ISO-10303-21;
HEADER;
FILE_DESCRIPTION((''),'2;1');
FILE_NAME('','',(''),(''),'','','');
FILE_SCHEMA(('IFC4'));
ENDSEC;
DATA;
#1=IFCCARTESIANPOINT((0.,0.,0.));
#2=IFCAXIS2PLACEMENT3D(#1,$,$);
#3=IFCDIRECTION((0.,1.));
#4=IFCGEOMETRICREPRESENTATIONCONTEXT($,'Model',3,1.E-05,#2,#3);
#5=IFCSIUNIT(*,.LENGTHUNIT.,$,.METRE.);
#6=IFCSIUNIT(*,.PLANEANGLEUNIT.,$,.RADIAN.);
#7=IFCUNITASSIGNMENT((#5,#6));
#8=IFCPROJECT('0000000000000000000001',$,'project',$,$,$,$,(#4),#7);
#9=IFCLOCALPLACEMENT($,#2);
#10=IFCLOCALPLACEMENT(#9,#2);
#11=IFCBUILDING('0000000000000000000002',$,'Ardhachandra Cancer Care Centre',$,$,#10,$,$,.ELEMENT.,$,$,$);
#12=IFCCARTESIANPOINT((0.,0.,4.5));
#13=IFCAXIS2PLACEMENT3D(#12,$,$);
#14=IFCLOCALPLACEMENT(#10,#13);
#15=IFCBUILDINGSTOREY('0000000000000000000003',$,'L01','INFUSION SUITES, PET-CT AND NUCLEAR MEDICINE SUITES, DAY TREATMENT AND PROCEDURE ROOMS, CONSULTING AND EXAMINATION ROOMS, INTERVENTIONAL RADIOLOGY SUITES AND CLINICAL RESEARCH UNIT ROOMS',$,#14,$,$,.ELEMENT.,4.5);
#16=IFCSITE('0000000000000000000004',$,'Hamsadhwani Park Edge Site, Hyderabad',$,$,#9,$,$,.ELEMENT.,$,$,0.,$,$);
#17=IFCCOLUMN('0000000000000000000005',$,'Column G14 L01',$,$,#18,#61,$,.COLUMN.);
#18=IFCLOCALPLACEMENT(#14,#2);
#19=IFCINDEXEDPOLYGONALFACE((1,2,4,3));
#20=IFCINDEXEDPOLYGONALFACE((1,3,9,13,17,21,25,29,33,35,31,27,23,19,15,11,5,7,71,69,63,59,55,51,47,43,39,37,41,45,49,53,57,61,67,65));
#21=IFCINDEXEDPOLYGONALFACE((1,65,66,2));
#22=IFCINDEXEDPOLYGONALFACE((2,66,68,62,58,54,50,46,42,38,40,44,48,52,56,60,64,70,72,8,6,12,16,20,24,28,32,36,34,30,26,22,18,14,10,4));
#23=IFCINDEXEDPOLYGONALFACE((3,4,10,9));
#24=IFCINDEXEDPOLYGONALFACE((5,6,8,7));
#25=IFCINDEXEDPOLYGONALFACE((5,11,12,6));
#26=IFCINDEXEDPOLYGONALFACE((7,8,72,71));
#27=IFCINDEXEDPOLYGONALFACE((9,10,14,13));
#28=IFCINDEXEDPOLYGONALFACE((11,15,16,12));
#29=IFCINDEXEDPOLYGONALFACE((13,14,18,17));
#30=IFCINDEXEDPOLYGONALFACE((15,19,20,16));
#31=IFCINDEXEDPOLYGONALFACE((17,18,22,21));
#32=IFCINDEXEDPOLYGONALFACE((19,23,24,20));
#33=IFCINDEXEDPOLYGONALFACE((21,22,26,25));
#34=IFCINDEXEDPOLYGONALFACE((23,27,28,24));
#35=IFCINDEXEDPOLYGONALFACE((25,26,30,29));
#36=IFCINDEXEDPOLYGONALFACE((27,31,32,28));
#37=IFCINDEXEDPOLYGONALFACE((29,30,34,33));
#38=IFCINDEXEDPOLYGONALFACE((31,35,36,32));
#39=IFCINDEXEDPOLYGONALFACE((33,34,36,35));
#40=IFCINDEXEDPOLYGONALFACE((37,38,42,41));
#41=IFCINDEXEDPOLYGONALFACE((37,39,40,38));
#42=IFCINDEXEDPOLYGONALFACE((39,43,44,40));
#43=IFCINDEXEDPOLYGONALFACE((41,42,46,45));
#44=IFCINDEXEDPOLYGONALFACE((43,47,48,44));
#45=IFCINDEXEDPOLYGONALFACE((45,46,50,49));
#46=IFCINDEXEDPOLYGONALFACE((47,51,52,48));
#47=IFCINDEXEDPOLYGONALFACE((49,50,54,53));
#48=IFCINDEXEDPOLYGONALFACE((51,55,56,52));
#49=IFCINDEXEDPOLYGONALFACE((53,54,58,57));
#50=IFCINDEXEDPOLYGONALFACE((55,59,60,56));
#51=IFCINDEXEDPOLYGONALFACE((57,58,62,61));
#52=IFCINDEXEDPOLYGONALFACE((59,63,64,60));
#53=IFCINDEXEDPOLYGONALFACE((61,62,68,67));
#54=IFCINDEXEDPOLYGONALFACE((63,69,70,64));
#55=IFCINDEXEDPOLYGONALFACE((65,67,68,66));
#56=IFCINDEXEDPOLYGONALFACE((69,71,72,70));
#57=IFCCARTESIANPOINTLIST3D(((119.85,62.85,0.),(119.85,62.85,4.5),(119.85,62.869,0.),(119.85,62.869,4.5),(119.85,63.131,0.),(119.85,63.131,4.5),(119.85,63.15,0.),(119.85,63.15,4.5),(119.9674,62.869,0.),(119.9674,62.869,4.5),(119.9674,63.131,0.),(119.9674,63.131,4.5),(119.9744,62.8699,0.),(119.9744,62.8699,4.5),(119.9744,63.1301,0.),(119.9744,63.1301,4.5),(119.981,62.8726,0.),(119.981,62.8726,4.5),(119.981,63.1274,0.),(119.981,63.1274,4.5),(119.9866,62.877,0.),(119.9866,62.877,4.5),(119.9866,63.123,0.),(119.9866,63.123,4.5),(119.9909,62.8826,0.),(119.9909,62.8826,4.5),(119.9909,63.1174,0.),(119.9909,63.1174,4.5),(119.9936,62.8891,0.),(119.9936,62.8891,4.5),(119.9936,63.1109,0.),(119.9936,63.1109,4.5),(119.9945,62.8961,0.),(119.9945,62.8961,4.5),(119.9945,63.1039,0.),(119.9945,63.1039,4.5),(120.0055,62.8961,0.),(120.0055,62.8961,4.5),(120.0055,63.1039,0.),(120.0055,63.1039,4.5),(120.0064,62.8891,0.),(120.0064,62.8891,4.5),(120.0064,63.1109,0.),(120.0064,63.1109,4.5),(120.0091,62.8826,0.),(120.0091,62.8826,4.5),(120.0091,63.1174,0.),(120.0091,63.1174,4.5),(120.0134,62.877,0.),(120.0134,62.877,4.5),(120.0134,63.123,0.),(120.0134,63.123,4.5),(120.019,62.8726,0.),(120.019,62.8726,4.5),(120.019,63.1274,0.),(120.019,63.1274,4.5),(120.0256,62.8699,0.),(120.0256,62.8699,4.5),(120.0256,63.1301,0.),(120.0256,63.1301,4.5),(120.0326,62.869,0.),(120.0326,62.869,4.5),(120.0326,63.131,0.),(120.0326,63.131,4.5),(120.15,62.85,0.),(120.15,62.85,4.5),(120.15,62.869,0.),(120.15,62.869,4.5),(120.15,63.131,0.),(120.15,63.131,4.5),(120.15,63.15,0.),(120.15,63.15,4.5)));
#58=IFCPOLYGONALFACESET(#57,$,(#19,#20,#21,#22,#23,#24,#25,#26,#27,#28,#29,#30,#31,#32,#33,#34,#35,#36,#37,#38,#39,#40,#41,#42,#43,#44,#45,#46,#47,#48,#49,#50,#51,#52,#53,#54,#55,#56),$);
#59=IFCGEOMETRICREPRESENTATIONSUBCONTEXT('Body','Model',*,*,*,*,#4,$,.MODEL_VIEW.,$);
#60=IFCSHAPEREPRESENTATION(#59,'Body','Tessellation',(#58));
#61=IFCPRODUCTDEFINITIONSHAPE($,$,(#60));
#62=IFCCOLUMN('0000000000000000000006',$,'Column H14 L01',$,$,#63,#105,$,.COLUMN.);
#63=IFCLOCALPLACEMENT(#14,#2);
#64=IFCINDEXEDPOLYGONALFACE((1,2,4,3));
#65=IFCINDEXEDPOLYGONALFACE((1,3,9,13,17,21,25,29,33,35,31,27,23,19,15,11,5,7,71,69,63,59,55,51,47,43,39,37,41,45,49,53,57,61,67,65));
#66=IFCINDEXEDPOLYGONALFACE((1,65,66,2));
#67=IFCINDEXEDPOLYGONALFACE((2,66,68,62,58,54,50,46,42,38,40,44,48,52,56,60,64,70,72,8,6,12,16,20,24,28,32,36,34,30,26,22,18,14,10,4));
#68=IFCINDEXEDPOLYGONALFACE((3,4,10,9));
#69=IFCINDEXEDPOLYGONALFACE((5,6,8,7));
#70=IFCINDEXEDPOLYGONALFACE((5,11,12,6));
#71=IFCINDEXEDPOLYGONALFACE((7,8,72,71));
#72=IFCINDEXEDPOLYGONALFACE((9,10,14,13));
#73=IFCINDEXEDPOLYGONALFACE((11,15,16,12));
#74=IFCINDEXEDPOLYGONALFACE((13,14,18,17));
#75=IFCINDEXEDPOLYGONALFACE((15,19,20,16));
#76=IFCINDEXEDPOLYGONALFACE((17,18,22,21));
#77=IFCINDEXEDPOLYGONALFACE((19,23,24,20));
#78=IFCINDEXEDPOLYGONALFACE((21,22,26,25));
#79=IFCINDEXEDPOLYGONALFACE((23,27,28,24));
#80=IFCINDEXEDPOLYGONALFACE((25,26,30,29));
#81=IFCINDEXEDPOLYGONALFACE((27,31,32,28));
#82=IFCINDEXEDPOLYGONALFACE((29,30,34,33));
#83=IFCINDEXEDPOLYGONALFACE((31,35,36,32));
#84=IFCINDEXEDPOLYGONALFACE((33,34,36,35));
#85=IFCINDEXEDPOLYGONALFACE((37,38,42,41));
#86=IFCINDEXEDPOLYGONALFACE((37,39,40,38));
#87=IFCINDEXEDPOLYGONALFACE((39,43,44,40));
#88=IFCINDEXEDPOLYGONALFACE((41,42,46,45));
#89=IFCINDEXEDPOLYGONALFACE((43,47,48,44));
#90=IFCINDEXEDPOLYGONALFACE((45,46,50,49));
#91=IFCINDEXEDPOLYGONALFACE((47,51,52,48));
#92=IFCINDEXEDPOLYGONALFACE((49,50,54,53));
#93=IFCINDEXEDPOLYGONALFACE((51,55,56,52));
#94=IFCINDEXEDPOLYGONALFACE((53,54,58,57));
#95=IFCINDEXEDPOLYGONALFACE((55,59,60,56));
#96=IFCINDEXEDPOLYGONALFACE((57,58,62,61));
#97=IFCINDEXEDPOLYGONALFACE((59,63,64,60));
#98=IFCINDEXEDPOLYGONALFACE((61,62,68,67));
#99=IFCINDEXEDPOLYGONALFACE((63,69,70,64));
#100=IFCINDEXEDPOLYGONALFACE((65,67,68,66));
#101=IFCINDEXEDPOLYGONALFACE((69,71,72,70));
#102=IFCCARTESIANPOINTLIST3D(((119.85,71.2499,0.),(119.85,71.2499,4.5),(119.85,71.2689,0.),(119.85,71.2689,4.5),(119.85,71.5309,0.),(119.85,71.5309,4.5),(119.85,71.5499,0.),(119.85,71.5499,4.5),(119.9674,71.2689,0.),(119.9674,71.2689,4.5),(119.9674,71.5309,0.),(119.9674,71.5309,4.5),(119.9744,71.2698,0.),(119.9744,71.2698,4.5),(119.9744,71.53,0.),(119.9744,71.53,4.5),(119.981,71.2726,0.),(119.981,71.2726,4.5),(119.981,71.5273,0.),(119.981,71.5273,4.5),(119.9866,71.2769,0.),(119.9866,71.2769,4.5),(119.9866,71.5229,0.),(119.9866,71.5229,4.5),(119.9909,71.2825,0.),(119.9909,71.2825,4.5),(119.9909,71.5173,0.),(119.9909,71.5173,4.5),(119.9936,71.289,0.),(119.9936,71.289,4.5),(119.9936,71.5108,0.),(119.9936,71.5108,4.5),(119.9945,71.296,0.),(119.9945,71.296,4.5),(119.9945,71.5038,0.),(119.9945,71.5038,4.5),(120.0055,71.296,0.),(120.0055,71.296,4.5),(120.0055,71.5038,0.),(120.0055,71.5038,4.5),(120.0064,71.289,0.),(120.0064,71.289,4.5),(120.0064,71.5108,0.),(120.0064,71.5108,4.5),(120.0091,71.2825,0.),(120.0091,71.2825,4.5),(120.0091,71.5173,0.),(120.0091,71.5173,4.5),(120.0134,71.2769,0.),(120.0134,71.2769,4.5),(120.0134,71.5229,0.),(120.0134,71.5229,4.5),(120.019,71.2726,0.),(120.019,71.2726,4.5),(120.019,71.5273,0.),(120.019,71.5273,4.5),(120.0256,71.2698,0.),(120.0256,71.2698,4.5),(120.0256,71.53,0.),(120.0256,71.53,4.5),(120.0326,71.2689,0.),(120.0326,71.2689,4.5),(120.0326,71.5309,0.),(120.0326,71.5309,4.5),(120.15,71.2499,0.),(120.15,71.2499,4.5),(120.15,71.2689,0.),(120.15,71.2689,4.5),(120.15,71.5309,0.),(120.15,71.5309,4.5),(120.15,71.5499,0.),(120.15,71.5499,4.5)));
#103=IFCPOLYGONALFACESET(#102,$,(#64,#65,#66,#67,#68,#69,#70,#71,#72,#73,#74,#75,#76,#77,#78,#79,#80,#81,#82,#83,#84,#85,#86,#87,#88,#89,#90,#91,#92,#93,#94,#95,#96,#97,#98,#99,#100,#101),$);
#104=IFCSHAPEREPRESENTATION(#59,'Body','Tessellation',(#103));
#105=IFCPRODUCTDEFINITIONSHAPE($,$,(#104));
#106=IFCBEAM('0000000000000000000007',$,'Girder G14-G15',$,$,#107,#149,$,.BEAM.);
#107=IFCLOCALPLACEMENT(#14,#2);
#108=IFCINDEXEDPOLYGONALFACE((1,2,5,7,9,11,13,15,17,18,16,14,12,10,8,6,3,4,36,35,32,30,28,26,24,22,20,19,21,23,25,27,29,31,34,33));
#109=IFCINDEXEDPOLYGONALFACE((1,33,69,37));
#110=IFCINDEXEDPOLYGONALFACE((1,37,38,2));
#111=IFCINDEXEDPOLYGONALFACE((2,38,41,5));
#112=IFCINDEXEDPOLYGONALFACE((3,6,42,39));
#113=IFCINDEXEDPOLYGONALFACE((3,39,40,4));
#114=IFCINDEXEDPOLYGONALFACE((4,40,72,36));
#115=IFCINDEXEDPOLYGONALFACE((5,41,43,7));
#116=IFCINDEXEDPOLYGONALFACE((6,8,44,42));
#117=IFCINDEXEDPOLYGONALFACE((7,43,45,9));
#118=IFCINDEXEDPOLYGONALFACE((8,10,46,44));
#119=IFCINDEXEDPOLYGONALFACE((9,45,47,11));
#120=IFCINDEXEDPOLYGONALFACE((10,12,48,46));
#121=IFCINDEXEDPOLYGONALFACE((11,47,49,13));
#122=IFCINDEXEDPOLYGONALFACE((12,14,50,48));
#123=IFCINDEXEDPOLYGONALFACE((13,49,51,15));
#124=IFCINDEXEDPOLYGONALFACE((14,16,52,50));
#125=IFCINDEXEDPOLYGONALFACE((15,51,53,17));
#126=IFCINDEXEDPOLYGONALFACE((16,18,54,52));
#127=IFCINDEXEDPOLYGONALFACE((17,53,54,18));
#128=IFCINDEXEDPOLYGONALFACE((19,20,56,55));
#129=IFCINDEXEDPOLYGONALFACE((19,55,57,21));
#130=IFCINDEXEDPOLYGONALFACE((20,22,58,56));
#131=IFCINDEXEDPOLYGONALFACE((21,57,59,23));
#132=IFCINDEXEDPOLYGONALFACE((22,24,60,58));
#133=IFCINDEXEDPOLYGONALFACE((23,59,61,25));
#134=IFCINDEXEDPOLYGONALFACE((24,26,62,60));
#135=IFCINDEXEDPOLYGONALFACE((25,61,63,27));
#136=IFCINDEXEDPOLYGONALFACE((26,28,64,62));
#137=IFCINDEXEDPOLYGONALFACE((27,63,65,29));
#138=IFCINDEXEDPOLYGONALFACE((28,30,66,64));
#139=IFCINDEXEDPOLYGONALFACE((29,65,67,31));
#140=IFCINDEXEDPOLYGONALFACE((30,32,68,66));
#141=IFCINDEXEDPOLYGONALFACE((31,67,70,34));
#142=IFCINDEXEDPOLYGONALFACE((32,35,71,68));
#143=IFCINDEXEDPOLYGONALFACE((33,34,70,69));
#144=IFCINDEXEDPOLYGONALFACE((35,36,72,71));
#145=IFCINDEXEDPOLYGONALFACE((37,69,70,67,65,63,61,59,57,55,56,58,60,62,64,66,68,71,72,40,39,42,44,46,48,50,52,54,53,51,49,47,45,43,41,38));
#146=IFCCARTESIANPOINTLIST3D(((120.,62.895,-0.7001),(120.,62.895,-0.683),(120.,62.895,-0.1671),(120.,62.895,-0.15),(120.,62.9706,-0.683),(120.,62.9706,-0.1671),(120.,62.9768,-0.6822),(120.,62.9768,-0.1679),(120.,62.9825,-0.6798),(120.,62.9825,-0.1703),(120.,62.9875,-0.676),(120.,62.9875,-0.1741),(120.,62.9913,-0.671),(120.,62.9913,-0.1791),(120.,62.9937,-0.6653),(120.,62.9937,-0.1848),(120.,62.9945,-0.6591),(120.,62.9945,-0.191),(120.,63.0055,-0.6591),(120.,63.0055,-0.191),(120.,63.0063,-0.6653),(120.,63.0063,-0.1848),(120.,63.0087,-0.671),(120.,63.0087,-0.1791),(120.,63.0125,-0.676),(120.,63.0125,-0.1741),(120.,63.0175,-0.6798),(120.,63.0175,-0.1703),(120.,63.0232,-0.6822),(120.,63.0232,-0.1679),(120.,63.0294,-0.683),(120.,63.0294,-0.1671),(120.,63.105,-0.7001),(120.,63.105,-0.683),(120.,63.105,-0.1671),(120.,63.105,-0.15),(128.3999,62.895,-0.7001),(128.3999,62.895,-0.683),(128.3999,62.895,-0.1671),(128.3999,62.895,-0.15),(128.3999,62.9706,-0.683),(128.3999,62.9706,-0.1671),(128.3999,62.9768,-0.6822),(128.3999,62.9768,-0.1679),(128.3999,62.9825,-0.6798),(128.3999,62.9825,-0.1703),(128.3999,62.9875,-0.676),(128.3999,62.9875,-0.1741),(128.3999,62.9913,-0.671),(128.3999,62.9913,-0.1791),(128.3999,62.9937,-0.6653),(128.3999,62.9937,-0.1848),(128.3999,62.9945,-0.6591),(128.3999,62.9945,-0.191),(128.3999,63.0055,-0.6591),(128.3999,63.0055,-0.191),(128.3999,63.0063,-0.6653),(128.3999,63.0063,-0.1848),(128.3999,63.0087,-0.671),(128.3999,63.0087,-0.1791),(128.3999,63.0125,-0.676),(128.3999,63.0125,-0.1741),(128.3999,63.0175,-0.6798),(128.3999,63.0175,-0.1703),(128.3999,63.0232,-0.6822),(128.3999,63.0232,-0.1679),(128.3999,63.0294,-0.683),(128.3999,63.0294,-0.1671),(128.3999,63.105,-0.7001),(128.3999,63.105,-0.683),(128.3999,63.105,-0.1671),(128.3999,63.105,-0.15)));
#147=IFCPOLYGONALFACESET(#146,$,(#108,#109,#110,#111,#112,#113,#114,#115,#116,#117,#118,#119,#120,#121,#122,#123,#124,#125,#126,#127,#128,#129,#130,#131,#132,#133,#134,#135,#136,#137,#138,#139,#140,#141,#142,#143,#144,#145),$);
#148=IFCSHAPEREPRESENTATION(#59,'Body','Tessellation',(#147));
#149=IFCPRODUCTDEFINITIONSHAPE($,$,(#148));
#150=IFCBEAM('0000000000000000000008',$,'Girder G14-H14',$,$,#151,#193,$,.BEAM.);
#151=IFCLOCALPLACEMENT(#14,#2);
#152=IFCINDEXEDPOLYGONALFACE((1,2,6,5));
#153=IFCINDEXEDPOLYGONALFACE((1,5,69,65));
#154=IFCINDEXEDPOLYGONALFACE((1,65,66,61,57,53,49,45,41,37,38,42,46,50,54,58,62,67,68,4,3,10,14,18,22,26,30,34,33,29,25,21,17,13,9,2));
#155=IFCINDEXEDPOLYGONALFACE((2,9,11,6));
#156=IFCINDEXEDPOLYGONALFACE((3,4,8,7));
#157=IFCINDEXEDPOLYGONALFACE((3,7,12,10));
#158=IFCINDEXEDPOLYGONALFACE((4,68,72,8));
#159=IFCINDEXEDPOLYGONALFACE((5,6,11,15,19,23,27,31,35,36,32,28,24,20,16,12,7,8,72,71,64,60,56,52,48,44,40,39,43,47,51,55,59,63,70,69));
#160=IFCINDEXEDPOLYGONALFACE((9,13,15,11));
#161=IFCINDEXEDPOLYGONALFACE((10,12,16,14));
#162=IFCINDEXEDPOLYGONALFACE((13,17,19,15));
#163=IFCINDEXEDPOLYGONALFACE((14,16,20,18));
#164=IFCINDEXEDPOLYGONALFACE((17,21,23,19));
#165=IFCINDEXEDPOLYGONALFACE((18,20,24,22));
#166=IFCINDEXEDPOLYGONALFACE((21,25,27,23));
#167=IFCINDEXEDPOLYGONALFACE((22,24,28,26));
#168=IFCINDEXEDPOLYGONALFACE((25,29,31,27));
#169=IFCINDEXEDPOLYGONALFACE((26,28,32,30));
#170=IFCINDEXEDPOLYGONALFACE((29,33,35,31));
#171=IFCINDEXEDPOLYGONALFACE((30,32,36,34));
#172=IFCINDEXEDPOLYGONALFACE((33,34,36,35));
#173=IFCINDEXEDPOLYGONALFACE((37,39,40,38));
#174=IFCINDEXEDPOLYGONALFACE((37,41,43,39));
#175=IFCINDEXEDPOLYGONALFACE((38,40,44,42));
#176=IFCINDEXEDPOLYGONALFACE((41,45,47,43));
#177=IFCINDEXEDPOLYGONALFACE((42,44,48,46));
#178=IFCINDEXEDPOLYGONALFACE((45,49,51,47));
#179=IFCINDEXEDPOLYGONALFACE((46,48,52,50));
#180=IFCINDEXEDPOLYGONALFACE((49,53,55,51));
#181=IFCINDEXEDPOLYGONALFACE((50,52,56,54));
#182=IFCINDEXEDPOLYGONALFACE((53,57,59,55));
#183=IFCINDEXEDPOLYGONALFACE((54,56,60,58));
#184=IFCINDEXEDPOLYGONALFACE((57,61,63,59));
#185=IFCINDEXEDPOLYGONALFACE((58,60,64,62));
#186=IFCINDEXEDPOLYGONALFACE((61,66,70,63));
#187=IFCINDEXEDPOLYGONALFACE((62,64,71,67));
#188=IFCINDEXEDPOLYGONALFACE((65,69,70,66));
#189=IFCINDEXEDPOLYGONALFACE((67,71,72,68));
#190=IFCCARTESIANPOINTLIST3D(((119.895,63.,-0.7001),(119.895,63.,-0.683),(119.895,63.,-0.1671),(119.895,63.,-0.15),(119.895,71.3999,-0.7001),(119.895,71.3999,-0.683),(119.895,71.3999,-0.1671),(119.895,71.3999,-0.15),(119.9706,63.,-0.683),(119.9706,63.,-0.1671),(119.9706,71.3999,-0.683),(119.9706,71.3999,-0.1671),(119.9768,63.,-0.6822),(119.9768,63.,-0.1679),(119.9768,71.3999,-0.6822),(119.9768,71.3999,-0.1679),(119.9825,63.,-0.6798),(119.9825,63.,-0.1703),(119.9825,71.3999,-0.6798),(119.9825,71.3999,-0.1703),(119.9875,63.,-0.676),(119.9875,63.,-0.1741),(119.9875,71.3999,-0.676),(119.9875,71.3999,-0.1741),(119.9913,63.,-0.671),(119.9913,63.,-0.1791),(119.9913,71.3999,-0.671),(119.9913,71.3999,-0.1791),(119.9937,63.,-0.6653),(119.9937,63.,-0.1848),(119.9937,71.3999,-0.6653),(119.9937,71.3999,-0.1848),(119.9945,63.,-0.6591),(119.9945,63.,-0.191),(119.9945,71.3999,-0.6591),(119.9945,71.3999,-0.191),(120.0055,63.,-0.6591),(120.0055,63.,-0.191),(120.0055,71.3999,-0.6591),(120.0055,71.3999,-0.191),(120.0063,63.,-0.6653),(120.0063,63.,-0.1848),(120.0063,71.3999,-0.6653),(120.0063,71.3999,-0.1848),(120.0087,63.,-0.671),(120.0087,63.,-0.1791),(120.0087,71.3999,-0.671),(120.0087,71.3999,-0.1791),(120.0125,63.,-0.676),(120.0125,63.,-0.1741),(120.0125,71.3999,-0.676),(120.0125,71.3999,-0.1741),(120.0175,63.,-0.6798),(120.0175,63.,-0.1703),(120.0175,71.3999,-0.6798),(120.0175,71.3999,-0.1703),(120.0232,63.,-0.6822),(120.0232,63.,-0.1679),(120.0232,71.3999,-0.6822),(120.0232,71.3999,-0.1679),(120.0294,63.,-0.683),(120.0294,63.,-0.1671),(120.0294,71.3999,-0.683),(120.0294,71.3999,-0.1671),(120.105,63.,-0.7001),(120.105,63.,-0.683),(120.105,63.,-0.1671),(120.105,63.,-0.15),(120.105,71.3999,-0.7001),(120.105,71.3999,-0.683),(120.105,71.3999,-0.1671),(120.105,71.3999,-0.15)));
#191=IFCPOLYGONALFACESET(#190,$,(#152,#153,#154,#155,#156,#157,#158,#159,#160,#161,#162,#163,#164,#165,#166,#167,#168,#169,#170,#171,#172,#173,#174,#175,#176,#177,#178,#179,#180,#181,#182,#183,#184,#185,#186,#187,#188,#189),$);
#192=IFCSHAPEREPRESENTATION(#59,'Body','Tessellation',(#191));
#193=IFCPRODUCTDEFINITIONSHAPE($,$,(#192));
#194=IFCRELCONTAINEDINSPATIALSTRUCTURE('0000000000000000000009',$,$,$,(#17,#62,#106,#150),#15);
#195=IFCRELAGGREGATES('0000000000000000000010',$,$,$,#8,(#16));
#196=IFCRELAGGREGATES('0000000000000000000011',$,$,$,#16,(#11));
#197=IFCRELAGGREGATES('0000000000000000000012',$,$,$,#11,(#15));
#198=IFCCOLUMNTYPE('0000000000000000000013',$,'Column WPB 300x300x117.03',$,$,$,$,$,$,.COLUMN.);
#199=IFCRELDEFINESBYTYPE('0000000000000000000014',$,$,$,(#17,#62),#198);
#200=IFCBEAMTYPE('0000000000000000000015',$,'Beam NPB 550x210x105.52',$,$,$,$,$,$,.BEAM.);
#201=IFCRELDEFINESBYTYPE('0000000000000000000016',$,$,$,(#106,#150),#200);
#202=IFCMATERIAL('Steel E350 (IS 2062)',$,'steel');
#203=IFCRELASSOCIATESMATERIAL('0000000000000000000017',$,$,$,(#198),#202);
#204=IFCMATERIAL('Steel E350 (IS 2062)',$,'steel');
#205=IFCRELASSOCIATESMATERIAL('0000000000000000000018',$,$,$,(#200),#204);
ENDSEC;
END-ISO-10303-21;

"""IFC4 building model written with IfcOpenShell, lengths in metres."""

from ifc_helpers import new_model, si_unit, direction, frame, origin, origin_2d, place, context, subcontext, project, spatial, i_section, extrude, material, material_profile, profile_set, type_object, element, save


model = new_model("IFC4")

# Units and contexts
model_context = context("Model", 3, precision=1e-05, world=origin(), true_north=direction((0.0, 1.0)))
body_context = subcontext(model_context, "Body", "Model", "MODEL_VIEW")
ifc_project = project(units=[si_unit("LENGTHUNIT", "METRE"), si_unit("PLANEANGLEUNIT", "RADIAN")], contexts=[model_context])

# Site, building, storey
site_placement = place(None, origin())
site = spatial("IfcSite", under=ifc_project, at=site_placement, Name="Hamsadhwani Park Edge Site, Hyderabad", CompositionType="ELEMENT", RefElevation=0.0)
building_placement = place(site_placement, origin())
building = spatial("IfcBuilding", under=site, at=building_placement, Name="Ardhachandra Cancer Care Centre", CompositionType="ELEMENT")
storey_placement = place(building_placement, frame((0.0, 0.0, 4.5)))
storey = spatial("IfcBuildingStorey", under=building, at=storey_placement, Name="L01", Description="INFUSION SUITES, PET-CT AND NUCLEAR MEDICINE SUITES, DAY TREATMENT AND PROCEDURE ROOMS, CONSULTING AND EXAMINATION ROOMS, INTERVENTIONAL RADIOLOGY SUITES AND CLINICAL RESEARCH UNIT ROOMS", CompositionType="ELEMENT", Elevation=4.5)

# Columns
ifc_material_1 = material(Name="Steel E350 (IS 2062)", Category="steel")
ifc_material_profile_1 = material_profile(ifc_material_1, i_section(OverallWidth=0.3, OverallDepth=0.3, WebThickness=0.011, FlangeThickness=0.019, FilletRadius=0.0271, at=origin_2d()), Name="WPB 300x300x117.03")
ifc_profile_set_1 = profile_set([ifc_material_profile_1], Name="Steel E350 (IS 2062)")
column_type = type_object("IfcColumnType", Name="Column WPB 300x300x117.03", PredefinedType="COLUMN", material=ifc_profile_set_1)
for number, where, z_axis, x_axis, name in (
    (1, (120.0, 63.0, 0.0), (0.0, 0.0, 1.0), (1.0, 0.0, 0.0), "Column G14 L01"),
    (2, (120.0, 71.3999, 0.0), (0.0, 0.0, 1.0), (1.0, 0.0, 0.0), "Column H14 L01"),
):
    element("IfcColumn", number, at=place(storey_placement, frame(where, z_axis=z_axis, x_axis=x_axis)), inside=storey, type_object=column_type, Name=name, PredefinedType="COLUMN", context=body_context, shape_type="SweptSolid", body=[
        extrude(i_section(OverallWidth=0.3, OverallDepth=0.3, WebThickness=0.011, FlangeThickness=0.019, FilletRadius=0.0271, at=origin_2d()), origin(), (0.0, 0.0, 1.0), 4.5),
    ])

# Beams
ifc_material_2 = material(Name="Steel E350 (IS 2062)", Category="steel")
ifc_material_profile_2 = material_profile(ifc_material_2, i_section(OverallWidth=0.21, OverallDepth=0.55, WebThickness=0.011, FlangeThickness=0.0171, FilletRadius=0.0239, at=origin_2d()), Name="NPB 550x210x105.52")
ifc_profile_set_2 = profile_set([ifc_material_profile_2], Name="Steel E350 (IS 2062)")
beam_type_1 = type_object("IfcBeamType", Name="Beam NPB 550x210x105.52", PredefinedType="BEAM", material=ifc_profile_set_2)
for number, where, z_axis, x_axis, name in (
    (3, (120.0, 63.0, -0.425), (1.0, 0.0, 0.0), (0.0, 1.0, 0.0), "Girder G14-G15"),
    (4, (120.0, 63.0, -0.425), (0.0, 1.0, 0.0), (-1.0, 0.0, 0.0), "Girder G14-H14"),
):
    element("IfcBeam", number, at=place(storey_placement, frame(where, z_axis=z_axis, x_axis=x_axis)), inside=storey, type_object=beam_type_1, Name=name, PredefinedType="BEAM", context=body_context, shape_type="SweptSolid", body=[
        extrude(i_section(OverallWidth=0.21, OverallDepth=0.55, WebThickness=0.011, FlangeThickness=0.0171, FilletRadius=0.0239, at=origin_2d()), origin(), (0.0, 0.0, 1.0), 8.3999),
    ])

save(model, "model.ifc")
